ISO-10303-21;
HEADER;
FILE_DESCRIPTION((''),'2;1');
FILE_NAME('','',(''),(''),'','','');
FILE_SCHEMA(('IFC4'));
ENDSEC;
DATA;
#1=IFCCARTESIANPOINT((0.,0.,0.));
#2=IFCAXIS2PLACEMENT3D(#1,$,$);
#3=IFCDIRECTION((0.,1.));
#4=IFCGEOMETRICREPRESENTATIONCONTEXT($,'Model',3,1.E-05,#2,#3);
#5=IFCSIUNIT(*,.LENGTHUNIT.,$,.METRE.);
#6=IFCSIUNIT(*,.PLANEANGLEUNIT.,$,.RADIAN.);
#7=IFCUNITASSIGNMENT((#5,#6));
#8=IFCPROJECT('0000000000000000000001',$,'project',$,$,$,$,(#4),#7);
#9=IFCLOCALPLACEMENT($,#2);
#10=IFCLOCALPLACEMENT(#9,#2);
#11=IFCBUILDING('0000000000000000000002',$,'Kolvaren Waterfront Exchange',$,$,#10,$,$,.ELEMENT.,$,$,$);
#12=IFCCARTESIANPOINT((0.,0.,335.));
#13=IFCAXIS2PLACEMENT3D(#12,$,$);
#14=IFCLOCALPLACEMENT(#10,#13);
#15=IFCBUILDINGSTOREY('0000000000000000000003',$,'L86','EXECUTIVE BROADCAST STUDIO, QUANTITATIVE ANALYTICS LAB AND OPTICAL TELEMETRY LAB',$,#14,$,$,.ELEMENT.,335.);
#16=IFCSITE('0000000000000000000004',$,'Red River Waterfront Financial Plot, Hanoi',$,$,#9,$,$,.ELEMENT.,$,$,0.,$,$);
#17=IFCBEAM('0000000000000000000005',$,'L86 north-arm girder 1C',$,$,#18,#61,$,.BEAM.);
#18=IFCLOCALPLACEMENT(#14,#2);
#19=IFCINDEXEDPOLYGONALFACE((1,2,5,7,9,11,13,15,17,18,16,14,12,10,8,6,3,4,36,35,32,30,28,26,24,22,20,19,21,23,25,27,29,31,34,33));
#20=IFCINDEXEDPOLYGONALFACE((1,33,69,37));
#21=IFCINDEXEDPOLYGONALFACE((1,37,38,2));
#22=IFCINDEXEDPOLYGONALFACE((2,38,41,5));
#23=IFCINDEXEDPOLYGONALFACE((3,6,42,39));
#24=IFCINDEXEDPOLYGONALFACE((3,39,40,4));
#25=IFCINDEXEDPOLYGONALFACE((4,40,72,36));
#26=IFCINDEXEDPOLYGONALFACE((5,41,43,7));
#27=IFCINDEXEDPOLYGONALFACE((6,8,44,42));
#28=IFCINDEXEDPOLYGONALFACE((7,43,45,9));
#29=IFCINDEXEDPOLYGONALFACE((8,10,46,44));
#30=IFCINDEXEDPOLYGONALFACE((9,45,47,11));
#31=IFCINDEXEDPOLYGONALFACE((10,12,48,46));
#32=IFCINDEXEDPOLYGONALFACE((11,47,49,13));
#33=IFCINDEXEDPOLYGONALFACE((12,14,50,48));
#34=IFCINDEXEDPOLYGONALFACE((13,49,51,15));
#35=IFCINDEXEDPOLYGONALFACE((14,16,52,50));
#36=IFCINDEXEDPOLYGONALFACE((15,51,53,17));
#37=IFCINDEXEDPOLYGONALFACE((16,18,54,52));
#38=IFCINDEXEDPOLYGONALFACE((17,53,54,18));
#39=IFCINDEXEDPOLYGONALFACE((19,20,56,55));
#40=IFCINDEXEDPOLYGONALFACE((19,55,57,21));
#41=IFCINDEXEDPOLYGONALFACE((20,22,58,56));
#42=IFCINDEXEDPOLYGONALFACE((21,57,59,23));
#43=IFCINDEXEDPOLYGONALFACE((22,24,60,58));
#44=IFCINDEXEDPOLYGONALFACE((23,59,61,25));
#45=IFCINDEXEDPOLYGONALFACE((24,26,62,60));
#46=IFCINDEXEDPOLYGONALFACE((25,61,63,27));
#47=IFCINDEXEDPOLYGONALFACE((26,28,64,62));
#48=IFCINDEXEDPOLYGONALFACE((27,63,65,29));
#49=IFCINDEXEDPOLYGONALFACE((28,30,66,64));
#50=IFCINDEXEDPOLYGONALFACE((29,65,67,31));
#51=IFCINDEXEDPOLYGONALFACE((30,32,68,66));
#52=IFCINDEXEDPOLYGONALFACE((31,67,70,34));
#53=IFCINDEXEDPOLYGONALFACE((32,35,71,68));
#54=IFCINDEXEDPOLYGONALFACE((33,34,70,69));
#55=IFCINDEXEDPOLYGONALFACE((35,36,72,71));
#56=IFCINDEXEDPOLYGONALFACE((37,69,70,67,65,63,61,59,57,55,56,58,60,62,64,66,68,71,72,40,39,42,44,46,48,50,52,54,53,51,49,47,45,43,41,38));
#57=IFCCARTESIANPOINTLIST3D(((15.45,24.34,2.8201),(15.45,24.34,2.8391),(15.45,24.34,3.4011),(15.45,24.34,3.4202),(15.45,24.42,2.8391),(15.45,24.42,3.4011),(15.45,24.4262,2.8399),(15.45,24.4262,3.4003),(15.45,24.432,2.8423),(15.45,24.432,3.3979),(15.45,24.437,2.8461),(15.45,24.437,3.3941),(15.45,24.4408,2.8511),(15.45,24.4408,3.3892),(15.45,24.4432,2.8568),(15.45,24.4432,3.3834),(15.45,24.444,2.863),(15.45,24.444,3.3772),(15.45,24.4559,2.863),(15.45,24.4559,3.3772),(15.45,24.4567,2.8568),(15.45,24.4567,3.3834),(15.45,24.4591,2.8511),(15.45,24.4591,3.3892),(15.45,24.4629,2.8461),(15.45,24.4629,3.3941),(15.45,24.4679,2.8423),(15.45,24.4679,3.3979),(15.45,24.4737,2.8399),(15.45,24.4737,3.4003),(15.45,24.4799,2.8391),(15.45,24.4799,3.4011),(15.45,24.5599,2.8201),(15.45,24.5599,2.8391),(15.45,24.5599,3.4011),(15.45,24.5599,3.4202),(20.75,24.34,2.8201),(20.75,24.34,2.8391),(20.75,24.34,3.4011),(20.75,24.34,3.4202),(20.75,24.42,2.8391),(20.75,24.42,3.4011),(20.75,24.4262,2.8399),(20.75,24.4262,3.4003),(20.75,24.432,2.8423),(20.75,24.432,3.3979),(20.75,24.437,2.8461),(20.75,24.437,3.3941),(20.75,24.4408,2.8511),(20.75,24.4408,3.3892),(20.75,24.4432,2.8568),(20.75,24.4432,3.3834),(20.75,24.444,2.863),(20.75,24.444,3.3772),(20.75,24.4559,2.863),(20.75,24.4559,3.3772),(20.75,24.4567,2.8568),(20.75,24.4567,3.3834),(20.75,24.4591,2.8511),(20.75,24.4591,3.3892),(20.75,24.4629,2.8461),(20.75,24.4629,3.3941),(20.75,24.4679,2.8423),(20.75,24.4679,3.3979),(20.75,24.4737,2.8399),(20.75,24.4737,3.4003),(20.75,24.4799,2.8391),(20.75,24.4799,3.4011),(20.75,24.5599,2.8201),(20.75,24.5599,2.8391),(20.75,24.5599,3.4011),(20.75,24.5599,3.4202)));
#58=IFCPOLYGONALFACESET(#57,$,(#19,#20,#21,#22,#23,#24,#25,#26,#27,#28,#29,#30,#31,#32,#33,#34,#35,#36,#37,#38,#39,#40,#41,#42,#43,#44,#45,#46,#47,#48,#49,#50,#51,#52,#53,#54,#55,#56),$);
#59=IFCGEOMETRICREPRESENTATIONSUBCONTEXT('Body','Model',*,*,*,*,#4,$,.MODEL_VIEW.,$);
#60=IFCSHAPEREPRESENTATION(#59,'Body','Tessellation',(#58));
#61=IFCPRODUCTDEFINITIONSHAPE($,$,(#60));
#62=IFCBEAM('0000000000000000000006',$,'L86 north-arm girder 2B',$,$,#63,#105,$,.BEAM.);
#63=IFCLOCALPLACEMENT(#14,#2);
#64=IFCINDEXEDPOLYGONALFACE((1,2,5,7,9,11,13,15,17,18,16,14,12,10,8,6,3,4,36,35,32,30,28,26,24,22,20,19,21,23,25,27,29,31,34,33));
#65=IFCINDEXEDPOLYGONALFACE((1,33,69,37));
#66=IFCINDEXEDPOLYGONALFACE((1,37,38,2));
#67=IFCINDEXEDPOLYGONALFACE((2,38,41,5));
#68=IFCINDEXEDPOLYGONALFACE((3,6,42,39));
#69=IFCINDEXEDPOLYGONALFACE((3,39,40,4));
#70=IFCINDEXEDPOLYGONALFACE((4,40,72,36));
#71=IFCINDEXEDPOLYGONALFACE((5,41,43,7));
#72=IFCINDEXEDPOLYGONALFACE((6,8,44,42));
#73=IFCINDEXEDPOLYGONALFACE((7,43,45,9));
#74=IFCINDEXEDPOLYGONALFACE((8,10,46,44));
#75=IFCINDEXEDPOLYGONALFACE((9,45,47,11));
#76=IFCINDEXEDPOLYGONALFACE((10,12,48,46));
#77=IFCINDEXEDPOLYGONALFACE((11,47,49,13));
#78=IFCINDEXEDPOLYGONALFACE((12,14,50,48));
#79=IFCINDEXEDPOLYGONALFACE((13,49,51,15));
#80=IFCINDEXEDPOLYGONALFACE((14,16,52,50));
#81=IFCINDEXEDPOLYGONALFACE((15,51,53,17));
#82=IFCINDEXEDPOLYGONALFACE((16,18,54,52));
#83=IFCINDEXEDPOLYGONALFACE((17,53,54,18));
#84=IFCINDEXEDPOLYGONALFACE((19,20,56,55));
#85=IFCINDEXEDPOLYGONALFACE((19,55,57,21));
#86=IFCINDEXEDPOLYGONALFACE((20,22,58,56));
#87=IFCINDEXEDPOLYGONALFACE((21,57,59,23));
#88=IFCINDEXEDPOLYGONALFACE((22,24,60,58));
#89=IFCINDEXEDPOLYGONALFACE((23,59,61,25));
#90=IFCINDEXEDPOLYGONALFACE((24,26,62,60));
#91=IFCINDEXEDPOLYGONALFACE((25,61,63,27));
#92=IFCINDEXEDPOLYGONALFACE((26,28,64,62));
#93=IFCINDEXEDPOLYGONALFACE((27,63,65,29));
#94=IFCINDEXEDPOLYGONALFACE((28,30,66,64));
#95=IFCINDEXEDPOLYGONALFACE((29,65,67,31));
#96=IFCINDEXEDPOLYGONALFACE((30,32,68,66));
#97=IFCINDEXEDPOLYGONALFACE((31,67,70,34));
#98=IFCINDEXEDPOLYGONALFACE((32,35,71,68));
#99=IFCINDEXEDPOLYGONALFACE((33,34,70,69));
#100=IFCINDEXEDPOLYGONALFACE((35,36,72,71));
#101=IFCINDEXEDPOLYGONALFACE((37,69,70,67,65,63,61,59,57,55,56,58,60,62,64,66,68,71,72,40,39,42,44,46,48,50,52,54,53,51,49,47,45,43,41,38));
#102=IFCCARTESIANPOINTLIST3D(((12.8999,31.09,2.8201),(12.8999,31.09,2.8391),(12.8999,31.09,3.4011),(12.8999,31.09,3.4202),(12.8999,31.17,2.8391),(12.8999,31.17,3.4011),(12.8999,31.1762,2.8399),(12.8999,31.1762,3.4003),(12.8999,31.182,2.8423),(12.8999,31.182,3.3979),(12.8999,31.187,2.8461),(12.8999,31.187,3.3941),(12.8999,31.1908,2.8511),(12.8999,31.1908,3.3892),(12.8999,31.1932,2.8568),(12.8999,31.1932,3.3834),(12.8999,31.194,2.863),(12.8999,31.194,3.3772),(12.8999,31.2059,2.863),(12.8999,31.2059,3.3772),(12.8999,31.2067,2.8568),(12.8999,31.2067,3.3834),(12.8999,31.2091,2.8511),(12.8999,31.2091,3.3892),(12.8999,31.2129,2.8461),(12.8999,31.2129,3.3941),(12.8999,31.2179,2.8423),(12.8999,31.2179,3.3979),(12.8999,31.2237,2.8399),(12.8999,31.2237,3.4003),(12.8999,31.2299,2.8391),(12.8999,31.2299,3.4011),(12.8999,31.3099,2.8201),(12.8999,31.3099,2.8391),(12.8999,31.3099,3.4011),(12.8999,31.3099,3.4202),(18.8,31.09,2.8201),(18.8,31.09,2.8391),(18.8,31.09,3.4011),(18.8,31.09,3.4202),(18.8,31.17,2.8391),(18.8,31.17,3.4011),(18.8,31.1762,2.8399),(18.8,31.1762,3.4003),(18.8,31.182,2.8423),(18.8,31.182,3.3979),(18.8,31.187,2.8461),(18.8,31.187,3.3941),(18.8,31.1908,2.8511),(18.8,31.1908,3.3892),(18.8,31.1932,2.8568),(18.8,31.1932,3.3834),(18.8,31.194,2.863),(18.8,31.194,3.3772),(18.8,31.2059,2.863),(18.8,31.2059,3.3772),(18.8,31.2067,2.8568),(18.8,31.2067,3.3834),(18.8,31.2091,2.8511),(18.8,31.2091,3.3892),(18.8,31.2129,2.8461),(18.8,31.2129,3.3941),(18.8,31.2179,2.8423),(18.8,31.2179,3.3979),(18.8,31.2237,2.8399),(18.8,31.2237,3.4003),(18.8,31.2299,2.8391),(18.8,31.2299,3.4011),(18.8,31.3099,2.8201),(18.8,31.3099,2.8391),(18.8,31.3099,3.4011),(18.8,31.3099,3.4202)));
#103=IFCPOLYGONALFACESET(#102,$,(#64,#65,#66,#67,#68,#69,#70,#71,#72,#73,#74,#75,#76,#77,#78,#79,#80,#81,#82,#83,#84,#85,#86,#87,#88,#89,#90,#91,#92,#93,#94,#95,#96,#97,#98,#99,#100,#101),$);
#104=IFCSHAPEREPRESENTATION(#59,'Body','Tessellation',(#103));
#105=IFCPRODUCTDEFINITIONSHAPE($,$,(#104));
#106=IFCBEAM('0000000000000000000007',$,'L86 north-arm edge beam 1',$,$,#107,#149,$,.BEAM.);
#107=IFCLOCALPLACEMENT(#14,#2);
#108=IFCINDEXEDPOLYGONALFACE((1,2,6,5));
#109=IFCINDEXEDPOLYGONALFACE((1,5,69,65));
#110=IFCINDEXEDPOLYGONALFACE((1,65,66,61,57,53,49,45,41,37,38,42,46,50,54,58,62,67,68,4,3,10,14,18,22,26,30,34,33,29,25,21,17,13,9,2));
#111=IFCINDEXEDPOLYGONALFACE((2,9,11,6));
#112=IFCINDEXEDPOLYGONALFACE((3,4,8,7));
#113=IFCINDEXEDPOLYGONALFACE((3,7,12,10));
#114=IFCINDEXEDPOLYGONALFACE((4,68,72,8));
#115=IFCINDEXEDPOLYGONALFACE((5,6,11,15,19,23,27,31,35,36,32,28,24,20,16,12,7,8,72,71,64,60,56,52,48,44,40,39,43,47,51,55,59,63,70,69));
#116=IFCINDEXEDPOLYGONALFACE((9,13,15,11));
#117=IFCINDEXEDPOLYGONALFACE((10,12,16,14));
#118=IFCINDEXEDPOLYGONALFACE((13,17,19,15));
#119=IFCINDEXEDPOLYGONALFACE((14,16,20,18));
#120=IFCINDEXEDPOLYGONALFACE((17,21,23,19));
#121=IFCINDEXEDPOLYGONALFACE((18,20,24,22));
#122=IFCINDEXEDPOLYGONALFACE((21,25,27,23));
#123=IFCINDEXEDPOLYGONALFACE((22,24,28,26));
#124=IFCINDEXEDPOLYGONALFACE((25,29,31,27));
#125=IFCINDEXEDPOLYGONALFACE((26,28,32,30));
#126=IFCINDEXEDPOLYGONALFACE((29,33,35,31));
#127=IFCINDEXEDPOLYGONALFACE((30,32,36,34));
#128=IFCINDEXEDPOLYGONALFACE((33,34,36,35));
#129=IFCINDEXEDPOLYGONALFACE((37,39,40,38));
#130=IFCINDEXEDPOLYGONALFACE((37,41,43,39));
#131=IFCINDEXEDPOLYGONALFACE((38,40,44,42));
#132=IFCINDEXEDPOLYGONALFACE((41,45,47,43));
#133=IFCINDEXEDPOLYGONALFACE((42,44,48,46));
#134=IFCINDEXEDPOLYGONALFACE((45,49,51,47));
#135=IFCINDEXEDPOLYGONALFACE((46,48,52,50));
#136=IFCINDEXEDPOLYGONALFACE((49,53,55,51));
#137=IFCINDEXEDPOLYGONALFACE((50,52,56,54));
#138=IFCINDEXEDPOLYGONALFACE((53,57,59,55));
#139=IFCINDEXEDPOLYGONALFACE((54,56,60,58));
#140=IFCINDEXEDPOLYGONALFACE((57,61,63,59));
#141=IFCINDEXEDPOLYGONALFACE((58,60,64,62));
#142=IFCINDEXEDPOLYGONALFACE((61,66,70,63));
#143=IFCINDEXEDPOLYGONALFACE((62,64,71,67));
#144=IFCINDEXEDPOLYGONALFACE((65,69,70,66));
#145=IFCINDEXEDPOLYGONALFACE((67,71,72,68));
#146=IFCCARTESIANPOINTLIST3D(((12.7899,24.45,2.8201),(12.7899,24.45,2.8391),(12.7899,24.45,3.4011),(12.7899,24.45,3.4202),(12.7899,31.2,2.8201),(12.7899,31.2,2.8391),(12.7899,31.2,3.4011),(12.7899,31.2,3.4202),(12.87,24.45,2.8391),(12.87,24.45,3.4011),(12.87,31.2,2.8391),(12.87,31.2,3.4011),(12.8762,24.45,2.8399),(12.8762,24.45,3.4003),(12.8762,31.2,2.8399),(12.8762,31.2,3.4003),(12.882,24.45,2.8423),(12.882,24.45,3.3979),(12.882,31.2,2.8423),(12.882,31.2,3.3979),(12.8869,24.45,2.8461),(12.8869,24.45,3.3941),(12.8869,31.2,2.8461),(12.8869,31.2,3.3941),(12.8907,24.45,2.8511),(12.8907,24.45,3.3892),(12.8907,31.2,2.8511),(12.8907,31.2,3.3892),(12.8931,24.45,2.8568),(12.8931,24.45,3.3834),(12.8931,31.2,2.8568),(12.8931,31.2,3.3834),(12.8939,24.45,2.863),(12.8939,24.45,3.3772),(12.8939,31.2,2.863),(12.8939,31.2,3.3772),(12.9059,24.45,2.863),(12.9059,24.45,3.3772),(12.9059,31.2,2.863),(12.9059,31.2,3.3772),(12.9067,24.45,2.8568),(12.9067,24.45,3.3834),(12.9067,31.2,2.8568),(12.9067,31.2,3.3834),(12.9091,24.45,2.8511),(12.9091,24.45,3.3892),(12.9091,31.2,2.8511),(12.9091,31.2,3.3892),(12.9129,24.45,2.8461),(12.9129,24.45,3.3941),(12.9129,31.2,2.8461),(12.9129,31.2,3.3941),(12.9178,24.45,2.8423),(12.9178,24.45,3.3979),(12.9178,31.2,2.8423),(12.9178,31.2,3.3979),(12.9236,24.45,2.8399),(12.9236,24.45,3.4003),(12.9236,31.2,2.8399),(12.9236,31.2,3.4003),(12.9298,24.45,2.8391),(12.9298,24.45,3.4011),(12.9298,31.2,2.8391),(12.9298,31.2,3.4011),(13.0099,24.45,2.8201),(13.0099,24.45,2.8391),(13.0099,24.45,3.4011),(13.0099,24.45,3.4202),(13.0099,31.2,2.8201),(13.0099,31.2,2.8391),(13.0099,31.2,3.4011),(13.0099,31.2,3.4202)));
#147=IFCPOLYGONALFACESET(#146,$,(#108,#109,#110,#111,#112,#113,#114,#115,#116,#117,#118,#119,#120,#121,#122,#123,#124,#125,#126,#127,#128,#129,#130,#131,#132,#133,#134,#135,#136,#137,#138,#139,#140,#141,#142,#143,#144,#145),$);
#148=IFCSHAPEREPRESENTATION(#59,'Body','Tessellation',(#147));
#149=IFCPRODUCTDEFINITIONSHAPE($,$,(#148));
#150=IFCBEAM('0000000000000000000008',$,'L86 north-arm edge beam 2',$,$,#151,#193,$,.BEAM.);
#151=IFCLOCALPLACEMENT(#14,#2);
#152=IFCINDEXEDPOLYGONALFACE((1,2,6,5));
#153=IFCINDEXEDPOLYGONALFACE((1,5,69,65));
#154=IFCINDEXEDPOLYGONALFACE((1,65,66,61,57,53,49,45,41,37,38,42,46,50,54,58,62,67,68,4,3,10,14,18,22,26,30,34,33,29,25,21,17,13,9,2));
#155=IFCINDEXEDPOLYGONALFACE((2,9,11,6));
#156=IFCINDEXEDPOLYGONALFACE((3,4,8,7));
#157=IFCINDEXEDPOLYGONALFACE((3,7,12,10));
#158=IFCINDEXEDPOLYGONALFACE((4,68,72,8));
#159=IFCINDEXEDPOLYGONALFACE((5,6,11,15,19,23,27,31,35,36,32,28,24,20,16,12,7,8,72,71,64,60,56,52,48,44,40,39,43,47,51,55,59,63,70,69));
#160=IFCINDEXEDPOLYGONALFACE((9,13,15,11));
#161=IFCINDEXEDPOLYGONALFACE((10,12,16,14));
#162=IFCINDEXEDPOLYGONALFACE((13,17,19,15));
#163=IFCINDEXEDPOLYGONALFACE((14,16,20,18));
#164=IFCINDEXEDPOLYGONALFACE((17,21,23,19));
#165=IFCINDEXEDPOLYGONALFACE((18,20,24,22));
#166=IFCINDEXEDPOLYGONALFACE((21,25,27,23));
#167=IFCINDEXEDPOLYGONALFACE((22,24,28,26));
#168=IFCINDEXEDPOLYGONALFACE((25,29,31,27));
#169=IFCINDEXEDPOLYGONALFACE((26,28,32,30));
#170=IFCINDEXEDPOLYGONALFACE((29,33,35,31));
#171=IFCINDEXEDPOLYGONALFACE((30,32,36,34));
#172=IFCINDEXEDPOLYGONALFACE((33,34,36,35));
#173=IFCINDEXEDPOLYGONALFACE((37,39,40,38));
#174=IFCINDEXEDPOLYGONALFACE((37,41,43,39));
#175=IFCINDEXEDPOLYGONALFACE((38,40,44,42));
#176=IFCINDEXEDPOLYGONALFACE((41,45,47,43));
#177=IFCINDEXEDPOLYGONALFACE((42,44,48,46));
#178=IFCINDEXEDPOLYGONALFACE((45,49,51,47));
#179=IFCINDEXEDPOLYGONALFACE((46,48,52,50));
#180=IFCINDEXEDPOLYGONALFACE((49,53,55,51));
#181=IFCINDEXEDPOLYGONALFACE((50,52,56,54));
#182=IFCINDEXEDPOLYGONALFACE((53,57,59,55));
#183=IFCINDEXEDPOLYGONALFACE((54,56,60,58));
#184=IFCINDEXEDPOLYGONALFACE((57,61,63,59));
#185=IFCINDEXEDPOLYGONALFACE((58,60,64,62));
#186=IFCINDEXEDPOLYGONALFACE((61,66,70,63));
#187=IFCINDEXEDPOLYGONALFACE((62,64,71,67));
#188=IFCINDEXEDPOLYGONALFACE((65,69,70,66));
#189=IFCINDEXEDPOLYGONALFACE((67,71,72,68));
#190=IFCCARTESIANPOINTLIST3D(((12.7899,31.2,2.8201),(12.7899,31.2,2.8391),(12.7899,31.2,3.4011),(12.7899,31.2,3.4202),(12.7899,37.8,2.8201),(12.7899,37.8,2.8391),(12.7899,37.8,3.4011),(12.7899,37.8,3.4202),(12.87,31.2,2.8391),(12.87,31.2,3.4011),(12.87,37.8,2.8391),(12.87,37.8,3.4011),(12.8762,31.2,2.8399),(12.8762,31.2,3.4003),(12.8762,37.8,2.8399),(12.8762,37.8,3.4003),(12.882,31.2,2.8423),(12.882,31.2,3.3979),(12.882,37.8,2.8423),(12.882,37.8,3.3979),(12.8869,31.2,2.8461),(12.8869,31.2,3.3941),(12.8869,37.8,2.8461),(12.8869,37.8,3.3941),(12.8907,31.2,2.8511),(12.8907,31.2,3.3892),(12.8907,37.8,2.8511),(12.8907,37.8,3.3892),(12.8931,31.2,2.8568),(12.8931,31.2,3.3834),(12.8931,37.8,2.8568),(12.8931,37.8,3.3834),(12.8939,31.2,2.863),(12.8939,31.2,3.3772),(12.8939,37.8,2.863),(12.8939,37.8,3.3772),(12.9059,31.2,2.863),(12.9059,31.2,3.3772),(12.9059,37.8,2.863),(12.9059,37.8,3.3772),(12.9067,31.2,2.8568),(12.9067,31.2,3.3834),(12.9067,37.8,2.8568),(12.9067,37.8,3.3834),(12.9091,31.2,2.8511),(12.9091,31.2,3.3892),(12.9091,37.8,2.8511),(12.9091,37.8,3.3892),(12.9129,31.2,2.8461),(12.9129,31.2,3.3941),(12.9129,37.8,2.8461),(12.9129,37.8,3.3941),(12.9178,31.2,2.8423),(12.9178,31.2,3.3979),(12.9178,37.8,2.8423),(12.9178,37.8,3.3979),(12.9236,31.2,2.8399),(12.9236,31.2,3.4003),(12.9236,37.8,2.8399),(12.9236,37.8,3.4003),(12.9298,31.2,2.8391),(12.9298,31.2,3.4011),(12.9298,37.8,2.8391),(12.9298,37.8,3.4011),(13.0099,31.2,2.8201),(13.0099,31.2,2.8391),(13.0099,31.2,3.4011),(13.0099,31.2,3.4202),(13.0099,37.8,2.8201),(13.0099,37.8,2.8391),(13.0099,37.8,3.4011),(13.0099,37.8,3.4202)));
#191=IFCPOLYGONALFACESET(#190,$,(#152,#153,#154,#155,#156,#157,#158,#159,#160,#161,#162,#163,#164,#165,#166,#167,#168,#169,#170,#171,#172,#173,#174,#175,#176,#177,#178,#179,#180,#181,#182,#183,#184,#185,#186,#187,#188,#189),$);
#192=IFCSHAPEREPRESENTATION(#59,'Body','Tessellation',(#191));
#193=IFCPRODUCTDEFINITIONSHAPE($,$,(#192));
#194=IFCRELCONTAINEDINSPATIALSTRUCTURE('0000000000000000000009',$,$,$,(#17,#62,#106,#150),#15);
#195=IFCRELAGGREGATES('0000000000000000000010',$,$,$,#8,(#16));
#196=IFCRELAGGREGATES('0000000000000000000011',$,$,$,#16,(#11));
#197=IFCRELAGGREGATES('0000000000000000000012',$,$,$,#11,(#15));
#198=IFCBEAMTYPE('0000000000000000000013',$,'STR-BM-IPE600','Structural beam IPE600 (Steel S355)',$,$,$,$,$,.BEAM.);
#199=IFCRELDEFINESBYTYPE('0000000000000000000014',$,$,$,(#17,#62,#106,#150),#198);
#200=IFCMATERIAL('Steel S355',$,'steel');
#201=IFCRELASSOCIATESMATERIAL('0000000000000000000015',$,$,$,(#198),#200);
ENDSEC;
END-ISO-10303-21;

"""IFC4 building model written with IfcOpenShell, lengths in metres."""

from ifc_helpers import new_model, si_unit, direction, frame, origin, origin_2d, place, context, subcontext, project, spatial, i_section, extrude, material, material_profile, profile_set, type_object, element, save


model = new_model("IFC4")

# Units and contexts
model_context = context("Model", 3, precision=1e-05, world=origin(), true_north=direction((0.0, 1.0)))
body_context = subcontext(model_context, "Body", "Model", "MODEL_VIEW")
ifc_project = project(units=[si_unit("LENGTHUNIT", "METRE"), si_unit("PLANEANGLEUNIT", "RADIAN")], contexts=[model_context])

# Site, building, storey
site_placement = place(None, origin())
site = spatial("IfcSite", under=ifc_project, at=site_placement, Name="Red River Waterfront Financial Plot, Hanoi", CompositionType="ELEMENT", RefElevation=0.0)
building_placement = place(site_placement, origin())
building = spatial("IfcBuilding", under=site, at=building_placement, Name="Kolvaren Waterfront Exchange", CompositionType="ELEMENT")
storey_placement = place(building_placement, frame((0.0, 0.0, 335.0)))
storey = spatial("IfcBuildingStorey", under=building, at=storey_placement, Name="L86", Description="EXECUTIVE BROADCAST STUDIO, QUANTITATIVE ANALYTICS LAB AND OPTICAL TELEMETRY LAB", CompositionType="ELEMENT", Elevation=335.0)

# Beams
ifc_material_1 = material(Name="Steel S355", Category="steel")
ifc_material_profile_1 = material_profile(ifc_material_1, i_section(OverallWidth=0.22, OverallDepth=0.6001, WebThickness=0.012, FlangeThickness=0.019, FilletRadius=0.0239, at=origin_2d()), Name="IPE600")
ifc_profile_set_1 = profile_set([ifc_material_profile_1], Name="Steel S355")
beam_type_1 = type_object("IfcBeamType", Name="STR-BM-IPE600", Description="Structural beam IPE600 (Steel S355)", PredefinedType="BEAM", material=ifc_profile_set_1)
beam_1_placement = place(storey_placement, frame((15.45, 24.45, 3.1201), z_axis=(1.0, 0.0, 0.0), x_axis=(0.0, 1.0, 0.0)))
element("IfcBeam", 1, at=beam_1_placement, inside=storey, type_object=beam_type_1, Name="L86 north-arm girder 1C", PredefinedType="BEAM", context=body_context, shape_type="SweptSolid", body=[
    extrude(i_section(OverallWidth=0.22, OverallDepth=0.6001, WebThickness=0.012, FlangeThickness=0.019, FilletRadius=0.0239, at=origin_2d()), origin(), (0.0, 0.0, 1.0), 5.3),
])
beam_2_placement = place(storey_placement, frame((12.8999, 31.2, 3.1201), z_axis=(1.0, 0.0, 0.0), x_axis=(0.0, 1.0, 0.0)))
element("IfcBeam", 2, at=beam_2_placement, inside=storey, type_object=beam_type_1, Name="L86 north-arm girder 2B", PredefinedType="BEAM", context=body_context, shape_type="SweptSolid", body=[
    extrude(i_section(OverallWidth=0.22, OverallDepth=0.6001, WebThickness=0.012, FlangeThickness=0.019, FilletRadius=0.0239, at=origin_2d()), origin(), (0.0, 0.0, 1.0), 5.9001),
])
beam_3_placement = place(storey_placement, frame((12.8999, 24.45, 3.1201), z_axis=(0.0, 1.0, 0.0), x_axis=(-1.0, 0.0, 0.0)))
element("IfcBeam", 3, at=beam_3_placement, inside=storey, type_object=beam_type_1, Name="L86 north-arm edge beam 1", PredefinedType="BEAM", context=body_context, shape_type="SweptSolid", body=[
    extrude(i_section(OverallWidth=0.22, OverallDepth=0.6001, WebThickness=0.012, FlangeThickness=0.019, FilletRadius=0.0239, at=origin_2d()), origin(), (0.0, 0.0, 1.0), 6.75),
])
beam_4_placement = place(storey_placement, frame((12.8999, 31.2, 3.1201), z_axis=(0.0, 1.0, 0.0), x_axis=(-1.0, 0.0, 0.0)))
element("IfcBeam", 4, at=beam_4_placement, inside=storey, type_object=beam_type_1, Name="L86 north-arm edge beam 2", PredefinedType="BEAM", context=body_context, shape_type="SweptSolid", body=[
    extrude(i_section(OverallWidth=0.22, OverallDepth=0.6001, WebThickness=0.012, FlangeThickness=0.019, FilletRadius=0.0239, at=origin_2d()), origin(), (0.0, 0.0, 1.0), 6.6001),
])

save(model, "model.ifc")
